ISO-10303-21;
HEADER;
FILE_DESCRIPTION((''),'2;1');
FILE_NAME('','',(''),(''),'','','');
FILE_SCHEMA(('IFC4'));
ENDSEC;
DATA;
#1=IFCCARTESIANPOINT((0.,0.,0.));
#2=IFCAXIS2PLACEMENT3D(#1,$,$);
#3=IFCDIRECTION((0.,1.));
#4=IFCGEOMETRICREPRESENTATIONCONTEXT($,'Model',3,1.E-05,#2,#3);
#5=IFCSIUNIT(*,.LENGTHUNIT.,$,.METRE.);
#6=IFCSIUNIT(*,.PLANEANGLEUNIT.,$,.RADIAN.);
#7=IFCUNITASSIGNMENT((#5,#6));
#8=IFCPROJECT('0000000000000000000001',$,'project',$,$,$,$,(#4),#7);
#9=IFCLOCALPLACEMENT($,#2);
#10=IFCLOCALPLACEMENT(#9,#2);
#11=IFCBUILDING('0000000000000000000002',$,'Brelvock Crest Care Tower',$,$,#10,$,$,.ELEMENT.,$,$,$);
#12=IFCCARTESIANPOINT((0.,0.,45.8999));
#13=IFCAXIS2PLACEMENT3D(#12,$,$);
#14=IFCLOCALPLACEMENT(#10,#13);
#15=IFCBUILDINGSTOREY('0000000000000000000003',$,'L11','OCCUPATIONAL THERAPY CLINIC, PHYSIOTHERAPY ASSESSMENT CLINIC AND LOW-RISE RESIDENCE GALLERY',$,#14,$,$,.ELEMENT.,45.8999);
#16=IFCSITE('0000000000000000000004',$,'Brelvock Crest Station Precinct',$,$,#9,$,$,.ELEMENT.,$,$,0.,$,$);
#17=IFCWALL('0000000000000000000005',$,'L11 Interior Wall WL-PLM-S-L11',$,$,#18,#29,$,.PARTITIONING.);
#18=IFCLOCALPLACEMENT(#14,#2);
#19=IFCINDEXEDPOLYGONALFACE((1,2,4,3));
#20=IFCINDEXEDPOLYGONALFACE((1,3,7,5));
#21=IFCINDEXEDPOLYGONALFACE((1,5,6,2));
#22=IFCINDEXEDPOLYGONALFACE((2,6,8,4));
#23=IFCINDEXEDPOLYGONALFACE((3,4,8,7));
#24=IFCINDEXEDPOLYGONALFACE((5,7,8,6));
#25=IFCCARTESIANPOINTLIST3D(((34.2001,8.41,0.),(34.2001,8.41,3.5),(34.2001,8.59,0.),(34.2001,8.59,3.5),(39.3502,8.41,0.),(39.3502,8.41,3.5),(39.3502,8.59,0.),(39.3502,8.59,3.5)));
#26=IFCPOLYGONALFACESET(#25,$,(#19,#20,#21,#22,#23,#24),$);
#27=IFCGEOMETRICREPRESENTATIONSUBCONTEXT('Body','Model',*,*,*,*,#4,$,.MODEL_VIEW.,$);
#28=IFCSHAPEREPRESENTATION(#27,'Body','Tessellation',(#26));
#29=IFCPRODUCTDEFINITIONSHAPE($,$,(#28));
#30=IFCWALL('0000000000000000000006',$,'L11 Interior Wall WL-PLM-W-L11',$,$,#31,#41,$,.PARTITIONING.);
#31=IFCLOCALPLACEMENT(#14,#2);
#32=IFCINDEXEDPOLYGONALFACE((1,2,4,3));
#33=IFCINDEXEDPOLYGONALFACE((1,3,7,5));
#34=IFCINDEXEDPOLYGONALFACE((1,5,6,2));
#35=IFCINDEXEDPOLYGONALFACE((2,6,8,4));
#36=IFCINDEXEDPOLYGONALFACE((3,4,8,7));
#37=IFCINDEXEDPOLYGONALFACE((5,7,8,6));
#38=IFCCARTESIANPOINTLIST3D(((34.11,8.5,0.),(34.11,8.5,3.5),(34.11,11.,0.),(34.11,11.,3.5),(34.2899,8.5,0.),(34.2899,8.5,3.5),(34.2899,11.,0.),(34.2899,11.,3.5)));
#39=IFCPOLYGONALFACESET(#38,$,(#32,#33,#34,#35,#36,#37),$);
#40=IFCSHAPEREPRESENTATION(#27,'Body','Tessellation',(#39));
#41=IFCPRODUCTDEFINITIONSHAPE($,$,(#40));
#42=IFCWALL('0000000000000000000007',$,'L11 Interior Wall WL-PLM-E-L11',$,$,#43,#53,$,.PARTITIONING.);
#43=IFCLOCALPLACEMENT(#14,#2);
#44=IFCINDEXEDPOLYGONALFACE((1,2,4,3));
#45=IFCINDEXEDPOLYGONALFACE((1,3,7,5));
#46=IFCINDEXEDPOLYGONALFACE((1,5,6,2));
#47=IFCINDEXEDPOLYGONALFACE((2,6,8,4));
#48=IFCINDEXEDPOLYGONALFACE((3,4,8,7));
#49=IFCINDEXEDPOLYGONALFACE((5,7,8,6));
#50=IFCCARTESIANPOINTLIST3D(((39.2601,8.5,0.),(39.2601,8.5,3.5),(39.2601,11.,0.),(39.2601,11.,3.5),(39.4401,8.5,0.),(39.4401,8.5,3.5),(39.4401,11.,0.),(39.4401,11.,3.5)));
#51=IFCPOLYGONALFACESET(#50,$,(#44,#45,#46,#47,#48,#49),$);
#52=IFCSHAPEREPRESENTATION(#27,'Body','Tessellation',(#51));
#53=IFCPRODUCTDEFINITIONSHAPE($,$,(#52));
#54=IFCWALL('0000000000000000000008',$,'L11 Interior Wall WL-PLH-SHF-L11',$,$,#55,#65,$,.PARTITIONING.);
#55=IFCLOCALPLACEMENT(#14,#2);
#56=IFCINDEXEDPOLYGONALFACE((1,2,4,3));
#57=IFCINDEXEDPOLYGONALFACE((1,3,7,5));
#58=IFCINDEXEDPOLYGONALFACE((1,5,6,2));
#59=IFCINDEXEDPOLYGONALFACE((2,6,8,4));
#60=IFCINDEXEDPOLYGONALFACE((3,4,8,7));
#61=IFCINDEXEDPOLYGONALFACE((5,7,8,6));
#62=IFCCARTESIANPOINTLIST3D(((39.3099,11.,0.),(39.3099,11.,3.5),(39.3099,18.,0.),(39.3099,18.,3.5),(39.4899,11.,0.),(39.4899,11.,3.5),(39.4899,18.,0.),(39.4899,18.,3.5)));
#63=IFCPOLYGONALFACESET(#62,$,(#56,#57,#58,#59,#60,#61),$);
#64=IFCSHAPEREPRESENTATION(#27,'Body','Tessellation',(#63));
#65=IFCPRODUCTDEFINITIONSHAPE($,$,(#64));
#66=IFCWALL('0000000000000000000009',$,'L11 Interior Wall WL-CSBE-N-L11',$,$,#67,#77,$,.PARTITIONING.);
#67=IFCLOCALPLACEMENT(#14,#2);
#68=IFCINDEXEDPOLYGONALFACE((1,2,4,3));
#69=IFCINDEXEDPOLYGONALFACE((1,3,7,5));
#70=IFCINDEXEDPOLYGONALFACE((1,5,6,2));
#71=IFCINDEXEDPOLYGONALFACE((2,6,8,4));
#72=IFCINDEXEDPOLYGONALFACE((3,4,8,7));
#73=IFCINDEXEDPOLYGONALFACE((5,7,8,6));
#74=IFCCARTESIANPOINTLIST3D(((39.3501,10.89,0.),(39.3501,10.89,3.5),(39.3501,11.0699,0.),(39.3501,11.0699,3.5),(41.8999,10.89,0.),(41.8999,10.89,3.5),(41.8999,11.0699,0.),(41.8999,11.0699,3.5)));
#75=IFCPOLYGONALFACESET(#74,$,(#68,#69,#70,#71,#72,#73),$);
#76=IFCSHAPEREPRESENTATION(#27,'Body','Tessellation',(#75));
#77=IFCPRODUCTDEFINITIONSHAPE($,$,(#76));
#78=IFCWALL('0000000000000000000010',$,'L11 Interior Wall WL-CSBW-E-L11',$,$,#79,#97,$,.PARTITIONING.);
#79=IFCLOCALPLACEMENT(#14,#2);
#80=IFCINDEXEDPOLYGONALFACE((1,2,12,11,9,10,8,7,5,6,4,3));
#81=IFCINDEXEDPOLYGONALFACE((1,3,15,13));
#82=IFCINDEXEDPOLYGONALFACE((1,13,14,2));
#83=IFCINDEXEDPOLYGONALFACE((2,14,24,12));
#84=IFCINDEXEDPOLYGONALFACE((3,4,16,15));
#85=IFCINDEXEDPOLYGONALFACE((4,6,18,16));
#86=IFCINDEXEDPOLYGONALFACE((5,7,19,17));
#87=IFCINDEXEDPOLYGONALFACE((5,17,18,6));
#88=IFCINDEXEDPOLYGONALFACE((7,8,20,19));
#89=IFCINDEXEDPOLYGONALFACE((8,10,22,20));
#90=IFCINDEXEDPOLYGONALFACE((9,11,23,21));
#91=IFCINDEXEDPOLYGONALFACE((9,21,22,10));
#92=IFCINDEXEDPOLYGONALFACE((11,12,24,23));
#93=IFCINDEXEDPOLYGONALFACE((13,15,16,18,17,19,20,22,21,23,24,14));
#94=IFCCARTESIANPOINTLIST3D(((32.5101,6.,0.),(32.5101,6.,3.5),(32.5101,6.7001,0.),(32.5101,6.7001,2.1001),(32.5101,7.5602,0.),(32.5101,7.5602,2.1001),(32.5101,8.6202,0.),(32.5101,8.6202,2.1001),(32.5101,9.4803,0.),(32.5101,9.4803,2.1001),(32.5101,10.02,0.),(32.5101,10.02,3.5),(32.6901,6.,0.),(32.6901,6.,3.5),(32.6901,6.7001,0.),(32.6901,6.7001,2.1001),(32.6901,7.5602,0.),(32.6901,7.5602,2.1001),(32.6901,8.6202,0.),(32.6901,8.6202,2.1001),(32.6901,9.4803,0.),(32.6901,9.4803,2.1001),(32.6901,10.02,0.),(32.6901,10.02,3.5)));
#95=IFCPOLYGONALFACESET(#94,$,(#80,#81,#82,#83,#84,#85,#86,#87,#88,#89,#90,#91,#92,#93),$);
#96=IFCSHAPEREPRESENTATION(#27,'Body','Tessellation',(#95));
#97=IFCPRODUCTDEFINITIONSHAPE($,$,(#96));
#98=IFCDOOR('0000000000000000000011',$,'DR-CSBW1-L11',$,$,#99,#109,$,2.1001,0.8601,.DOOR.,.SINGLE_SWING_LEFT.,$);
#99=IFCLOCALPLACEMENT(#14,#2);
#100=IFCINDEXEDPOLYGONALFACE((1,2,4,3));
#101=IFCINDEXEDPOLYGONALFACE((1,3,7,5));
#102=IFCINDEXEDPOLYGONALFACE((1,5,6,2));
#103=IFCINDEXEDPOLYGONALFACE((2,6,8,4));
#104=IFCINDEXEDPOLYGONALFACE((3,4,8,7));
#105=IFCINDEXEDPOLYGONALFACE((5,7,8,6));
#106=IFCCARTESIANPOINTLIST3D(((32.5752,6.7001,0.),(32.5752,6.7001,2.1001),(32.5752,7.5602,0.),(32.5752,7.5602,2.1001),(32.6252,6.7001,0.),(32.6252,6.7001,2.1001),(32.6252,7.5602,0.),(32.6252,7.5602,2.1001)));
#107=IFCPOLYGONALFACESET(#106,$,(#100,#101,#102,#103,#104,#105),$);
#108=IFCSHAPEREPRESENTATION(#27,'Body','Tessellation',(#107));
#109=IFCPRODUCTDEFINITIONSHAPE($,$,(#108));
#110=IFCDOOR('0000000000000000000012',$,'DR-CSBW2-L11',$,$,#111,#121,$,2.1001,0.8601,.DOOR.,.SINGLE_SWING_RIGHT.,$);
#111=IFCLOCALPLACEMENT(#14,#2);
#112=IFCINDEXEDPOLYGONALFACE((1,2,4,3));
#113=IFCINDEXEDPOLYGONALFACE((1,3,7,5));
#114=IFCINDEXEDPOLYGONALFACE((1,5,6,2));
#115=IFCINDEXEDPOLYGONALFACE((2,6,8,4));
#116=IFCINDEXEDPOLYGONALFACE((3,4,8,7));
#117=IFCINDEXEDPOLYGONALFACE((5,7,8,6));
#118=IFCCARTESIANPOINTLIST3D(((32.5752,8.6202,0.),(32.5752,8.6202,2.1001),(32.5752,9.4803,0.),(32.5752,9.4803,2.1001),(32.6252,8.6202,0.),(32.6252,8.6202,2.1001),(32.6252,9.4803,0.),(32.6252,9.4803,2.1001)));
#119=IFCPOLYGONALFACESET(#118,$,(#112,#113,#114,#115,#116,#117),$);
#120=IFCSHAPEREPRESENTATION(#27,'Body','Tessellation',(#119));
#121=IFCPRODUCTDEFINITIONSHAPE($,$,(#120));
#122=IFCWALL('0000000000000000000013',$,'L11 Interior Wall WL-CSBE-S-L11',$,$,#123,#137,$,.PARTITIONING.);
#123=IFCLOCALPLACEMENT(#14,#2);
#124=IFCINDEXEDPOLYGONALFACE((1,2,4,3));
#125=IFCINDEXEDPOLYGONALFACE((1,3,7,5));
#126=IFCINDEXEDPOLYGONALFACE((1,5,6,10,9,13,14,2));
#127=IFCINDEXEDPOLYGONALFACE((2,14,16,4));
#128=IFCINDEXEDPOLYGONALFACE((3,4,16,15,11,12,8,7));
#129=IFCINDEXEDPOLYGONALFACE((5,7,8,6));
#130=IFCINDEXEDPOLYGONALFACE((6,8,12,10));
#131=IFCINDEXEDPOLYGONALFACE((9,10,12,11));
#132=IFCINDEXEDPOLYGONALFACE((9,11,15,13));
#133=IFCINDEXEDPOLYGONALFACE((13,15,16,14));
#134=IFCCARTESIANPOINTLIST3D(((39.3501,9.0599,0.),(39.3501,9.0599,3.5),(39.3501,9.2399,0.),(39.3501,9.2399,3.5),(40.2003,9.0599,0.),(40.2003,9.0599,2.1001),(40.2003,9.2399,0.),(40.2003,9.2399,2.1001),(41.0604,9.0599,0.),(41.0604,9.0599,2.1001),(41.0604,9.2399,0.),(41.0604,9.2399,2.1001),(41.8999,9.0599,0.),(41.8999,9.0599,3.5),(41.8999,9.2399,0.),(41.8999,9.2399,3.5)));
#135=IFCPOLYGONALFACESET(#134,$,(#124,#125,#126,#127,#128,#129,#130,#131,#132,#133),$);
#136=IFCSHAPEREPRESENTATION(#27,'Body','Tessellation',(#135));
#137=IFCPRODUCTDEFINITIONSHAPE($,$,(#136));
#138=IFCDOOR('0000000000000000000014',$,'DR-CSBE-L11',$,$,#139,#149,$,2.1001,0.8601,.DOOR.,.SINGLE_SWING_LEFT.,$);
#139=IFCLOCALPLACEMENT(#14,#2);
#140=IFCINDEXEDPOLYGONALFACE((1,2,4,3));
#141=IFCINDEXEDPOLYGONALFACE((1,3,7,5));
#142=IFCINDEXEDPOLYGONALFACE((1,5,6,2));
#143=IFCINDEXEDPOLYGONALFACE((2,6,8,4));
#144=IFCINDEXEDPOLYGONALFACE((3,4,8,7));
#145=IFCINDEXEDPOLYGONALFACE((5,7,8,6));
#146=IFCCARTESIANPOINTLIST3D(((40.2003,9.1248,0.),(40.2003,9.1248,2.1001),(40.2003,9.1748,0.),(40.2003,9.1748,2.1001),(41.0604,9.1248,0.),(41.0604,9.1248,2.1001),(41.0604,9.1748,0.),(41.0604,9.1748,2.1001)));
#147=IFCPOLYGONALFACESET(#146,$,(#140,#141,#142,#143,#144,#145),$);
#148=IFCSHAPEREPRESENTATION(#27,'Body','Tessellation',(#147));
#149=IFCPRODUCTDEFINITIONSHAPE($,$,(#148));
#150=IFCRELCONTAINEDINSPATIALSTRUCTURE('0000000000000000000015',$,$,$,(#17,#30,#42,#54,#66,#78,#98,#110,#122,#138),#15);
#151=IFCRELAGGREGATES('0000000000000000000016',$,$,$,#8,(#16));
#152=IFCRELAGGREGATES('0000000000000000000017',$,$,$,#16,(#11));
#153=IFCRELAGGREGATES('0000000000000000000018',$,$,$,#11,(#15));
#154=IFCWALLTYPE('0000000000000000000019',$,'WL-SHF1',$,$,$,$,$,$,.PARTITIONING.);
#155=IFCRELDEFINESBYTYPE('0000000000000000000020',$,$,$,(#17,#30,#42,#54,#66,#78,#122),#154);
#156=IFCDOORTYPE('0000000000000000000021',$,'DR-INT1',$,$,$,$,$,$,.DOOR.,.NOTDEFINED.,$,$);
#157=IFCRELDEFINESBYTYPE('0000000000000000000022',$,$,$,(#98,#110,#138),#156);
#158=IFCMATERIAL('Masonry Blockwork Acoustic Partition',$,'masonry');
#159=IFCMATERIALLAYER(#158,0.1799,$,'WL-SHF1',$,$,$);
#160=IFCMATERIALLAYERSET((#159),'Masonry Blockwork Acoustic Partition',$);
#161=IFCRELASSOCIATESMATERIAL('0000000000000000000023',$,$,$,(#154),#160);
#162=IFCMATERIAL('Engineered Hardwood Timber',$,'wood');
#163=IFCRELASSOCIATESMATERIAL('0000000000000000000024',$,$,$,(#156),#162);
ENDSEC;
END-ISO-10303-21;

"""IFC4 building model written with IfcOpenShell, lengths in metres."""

from ifc_helpers import new_model, si_unit, direction, frame, frame_2d, origin, origin_2d, place, context, subcontext, project, spatial, rectangle, extrude, source, transform, mapped, material, layer, layer_set, type_object, element, fill, save


model = new_model("IFC4")

# Units and contexts
model_context = context("Model", 3, precision=1e-05, world=origin(), true_north=direction((0.0, 1.0)))
body_context = subcontext(model_context, "Body", "Model", "MODEL_VIEW")
ifc_project = project(units=[si_unit("LENGTHUNIT", "METRE"), si_unit("PLANEANGLEUNIT", "RADIAN")], contexts=[model_context])

# Site, building, storey
site_placement = place(None, origin())
site = spatial("IfcSite", under=ifc_project, at=site_placement, Name="Brelvock Crest Station Precinct", CompositionType="ELEMENT", RefElevation=0.0)
building_placement = place(site_placement, origin())
building = spatial("IfcBuilding", under=site, at=building_placement, Name="Brelvock Crest Care Tower", CompositionType="ELEMENT")
storey_placement = place(building_placement, frame((0.0, 0.0, 45.8999)))
storey = spatial("IfcBuildingStorey", under=building, at=storey_placement, Name="L11", Description="OCCUPATIONAL THERAPY CLINIC, PHYSIOTHERAPY ASSESSMENT CLINIC AND LOW-RISE RESIDENCE GALLERY", CompositionType="ELEMENT", Elevation=45.8999)

# Shared definitions
ifc_material_1 = material(Name="Masonry Blockwork Acoustic Partition", Category="masonry")

# Walls
ifc_layer_1 = layer(ifc_material_1, 0.1799, Name="WL-SHF1")
ifc_layer_set_1 = layer_set([ifc_layer_1], Name="Masonry Blockwork Acoustic Partition")
wall_type_1 = type_object("IfcWallType", Name="WL-SHF1", PredefinedType="PARTITIONING", material=ifc_layer_set_1)
for number, where, z_axis, x_axis, name in (
    (1, (34.2, 8.5, 0.0), (0.0, 0.0, 1.0), (1.0, 0.0, 0.0), "L11 Interior Wall WL-PLM-S-L11"),
):
    element("IfcWall", number, at=place(storey_placement, frame(where, z_axis=z_axis, x_axis=x_axis)), inside=storey, type_object=wall_type_1, Name=name, PredefinedType="PARTITIONING", context=body_context, shape_type="SweptSolid", body=[
        extrude(rectangle(XDim=5.1501, YDim=0.1799, at=frame_2d((2.5752, 0.0))), origin(), (0.0, 0.0, 1.0), 3.5),
    ])
for number, where, z_axis, x_axis, name in (
    (2, (34.2, 8.5, 0.0), (0.0, 0.0, 1.0), (0.0, 1.0, 0.0), "L11 Interior Wall WL-PLM-W-L11"),
    (3, (39.3501, 8.5, 0.0), (0.0, 0.0, 1.0), (0.0, 1.0, 0.0), "L11 Interior Wall WL-PLM-E-L11"),
):
    element("IfcWall", number, at=place(storey_placement, frame(where, z_axis=z_axis, x_axis=x_axis)), inside=storey, type_object=wall_type_1, Name=name, PredefinedType="PARTITIONING", context=body_context, shape_type="SweptSolid", body=[
        extrude(rectangle(XDim=2.5, YDim=0.1799, at=frame_2d((1.25, 0.0))), origin(), (0.0, 0.0, 1.0), 3.5),
    ])
wall_1_placement = place(storey_placement, frame((39.3999, 11.0, 0.0), z_axis=(0.0, 0.0, 1.0), x_axis=(0.0, 1.0, 0.0)))
element("IfcWall", 4, at=wall_1_placement, inside=storey, type_object=wall_type_1, Name="L11 Interior Wall WL-PLH-SHF-L11", PredefinedType="PARTITIONING", context=body_context, shape_type="SweptSolid", body=[
    extrude(rectangle(XDim=7.0, YDim=0.1799, at=frame_2d((3.5, 0.0))), origin(), (0.0, 0.0, 1.0), 3.5),
])
wall_2_placement = place(storey_placement, frame((39.3501, 10.98, 0.0), z_axis=(0.0, 0.0, 1.0), x_axis=(1.0, 0.0, 0.0)))
element("IfcWall", 5, at=wall_2_placement, inside=storey, type_object=wall_type_1, Name="L11 Interior Wall WL-CSBE-N-L11", PredefinedType="PARTITIONING", context=body_context, shape_type="SweptSolid", body=[
    extrude(rectangle(XDim=2.5498, YDim=0.1799, at=frame_2d((1.2749, 0.0))), origin(), (0.0, 0.0, 1.0), 3.5),
])

# Wall, openings, doors
wall_3_placement = place(storey_placement, frame((32.6001, 6.0, 0.0), z_axis=(0.0, 0.0, 1.0), x_axis=(0.0, 1.0, 0.0)))
wall_3 = element("IfcWall", 6, at=wall_3_placement, inside=storey, type_object=wall_type_1, Name="L11 Interior Wall WL-CSBW-E-L11", PredefinedType="PARTITIONING", context=body_context, shape_type="SweptSolid", body=[
    extrude(rectangle(XDim=4.02, YDim=0.1799, at=frame_2d((2.01, 0.0))), origin(), (0.0, 0.0, 1.0), 3.5),
])
opening_1_placement = place(wall_3_placement, frame((0.7, 0.0, 0.0)))
opening_1 = element("IfcOpeningElement", 7, at=opening_1_placement, cuts=wall_3, PredefinedType="OPENING", context=body_context, shape_type="SweptSolid", body=[
    extrude(rectangle(XDim=0.8601, YDim=2.1001, at=origin_2d()), frame((0.4302, 0.1001, 1.05), z_axis=(0.0, -1.0, 0.0), x_axis=(1.0, 0.0, 0.0)), (0.0, 0.0, 1.0), 0.2),
])
opening_2_placement = place(wall_3_placement, frame((2.6201, 0.0, 0.0)))
opening_2 = element("IfcOpeningElement", 8, at=opening_2_placement, cuts=wall_3, PredefinedType="OPENING", context=body_context, shape_type="SweptSolid", body=[
    extrude(rectangle(XDim=0.8601, YDim=2.1001, at=origin_2d()), frame((0.4302, 0.1001, 1.05), z_axis=(0.0, -1.0, 0.0), x_axis=(1.0, 0.0, 0.0)), (0.0, 0.0, 1.0), 0.2),
])
ifc_material_2 = material(Name="Engineered Hardwood Timber", Category="wood")
door_type_1 = type_object("IfcDoorType", Name="DR-INT1", OperationType="NOTDEFINED", PredefinedType="DOOR", material=ifc_material_2)
shared_shape_1 = source(origin(), body_context, "Body", "SweptSolid", [
    extrude(rectangle(XDim=0.8601, YDim=2.1001, at=origin_2d()), frame((0.4302, 0.0249, 1.05), z_axis=(0.0, -1.0, 0.0), x_axis=(1.0, 0.0, 0.0)), (0.0, 0.0, 1.0), 0.05),
])
door_1_placement = place(opening_1_placement, origin())
door_1 = element("IfcDoor", 9, at=door_1_placement, inside=storey, type_object=door_type_1, Name="DR-CSBW1-L11", OperationType="SINGLE_SWING_LEFT", OverallHeight=2.1001, OverallWidth=0.8601, PredefinedType="DOOR", context=body_context, shape_type="MappedRepresentation", body=[
    mapped(shared_shape_1, transform((0.0, 0.0, 0.0), x_axis=(1.0, 0.0, 0.0), y_axis=(0.0, 1.0, 0.0), z_axis=(0.0, 0.0, 1.0), scale=1.0)),
])
fill(opening_1, door_1)
door_2_placement = place(opening_2_placement, origin())
door_2 = element("IfcDoor", 10, at=door_2_placement, inside=storey, type_object=door_type_1, Name="DR-CSBW2-L11", OperationType="SINGLE_SWING_RIGHT", OverallHeight=2.1001, OverallWidth=0.8601, PredefinedType="DOOR", context=body_context, shape_type="MappedRepresentation", body=[
    mapped(shared_shape_1, transform((0.0, 0.0, 0.0), x_axis=(1.0, 0.0, 0.0), y_axis=(0.0, 1.0, 0.0), z_axis=(0.0, 0.0, 1.0), scale=1.0)),
])
fill(opening_2, door_2)

# Wall, opening, door
wall_4_placement = place(storey_placement, frame((39.3501, 9.1499, 0.0), z_axis=(0.0, 0.0, 1.0), x_axis=(1.0, 0.0, 0.0)))
wall_4 = element("IfcWall", 11, at=wall_4_placement, inside=storey, type_object=wall_type_1, Name="L11 Interior Wall WL-CSBE-S-L11", PredefinedType="PARTITIONING", context=body_context, shape_type="SweptSolid", body=[
    extrude(rectangle(XDim=2.5498, YDim=0.1799, at=frame_2d((1.2749, 0.0))), origin(), (0.0, 0.0, 1.0), 3.5),
])
opening_3_placement = place(wall_4_placement, frame((0.8501, 0.0, 0.0)))
opening_3 = element("IfcOpeningElement", 12, at=opening_3_placement, cuts=wall_4, PredefinedType="OPENING", context=body_context, shape_type="SweptSolid", body=[
    extrude(rectangle(XDim=0.8601, YDim=2.1001, at=origin_2d()), frame((0.4302, 0.1001, 1.05), z_axis=(0.0, -1.0, 0.0), x_axis=(1.0, 0.0, 0.0)), (0.0, 0.0, 1.0), 0.2),
])
door_3_placement = place(opening_3_placement, origin())
door_3 = element("IfcDoor", 13, at=door_3_placement, inside=storey, type_object=door_type_1, Name="DR-CSBE-L11", OperationType="SINGLE_SWING_LEFT", OverallHeight=2.1001, OverallWidth=0.8601, PredefinedType="DOOR", context=body_context, shape_type="MappedRepresentation", body=[
    mapped(shared_shape_1, transform((0.0, 0.0, 0.0), x_axis=(1.0, 0.0, 0.0), y_axis=(0.0, 1.0, 0.0), z_axis=(0.0, 0.0, 1.0), scale=1.0)),
])
fill(opening_3, door_3)

save(model, "model.ifc")
